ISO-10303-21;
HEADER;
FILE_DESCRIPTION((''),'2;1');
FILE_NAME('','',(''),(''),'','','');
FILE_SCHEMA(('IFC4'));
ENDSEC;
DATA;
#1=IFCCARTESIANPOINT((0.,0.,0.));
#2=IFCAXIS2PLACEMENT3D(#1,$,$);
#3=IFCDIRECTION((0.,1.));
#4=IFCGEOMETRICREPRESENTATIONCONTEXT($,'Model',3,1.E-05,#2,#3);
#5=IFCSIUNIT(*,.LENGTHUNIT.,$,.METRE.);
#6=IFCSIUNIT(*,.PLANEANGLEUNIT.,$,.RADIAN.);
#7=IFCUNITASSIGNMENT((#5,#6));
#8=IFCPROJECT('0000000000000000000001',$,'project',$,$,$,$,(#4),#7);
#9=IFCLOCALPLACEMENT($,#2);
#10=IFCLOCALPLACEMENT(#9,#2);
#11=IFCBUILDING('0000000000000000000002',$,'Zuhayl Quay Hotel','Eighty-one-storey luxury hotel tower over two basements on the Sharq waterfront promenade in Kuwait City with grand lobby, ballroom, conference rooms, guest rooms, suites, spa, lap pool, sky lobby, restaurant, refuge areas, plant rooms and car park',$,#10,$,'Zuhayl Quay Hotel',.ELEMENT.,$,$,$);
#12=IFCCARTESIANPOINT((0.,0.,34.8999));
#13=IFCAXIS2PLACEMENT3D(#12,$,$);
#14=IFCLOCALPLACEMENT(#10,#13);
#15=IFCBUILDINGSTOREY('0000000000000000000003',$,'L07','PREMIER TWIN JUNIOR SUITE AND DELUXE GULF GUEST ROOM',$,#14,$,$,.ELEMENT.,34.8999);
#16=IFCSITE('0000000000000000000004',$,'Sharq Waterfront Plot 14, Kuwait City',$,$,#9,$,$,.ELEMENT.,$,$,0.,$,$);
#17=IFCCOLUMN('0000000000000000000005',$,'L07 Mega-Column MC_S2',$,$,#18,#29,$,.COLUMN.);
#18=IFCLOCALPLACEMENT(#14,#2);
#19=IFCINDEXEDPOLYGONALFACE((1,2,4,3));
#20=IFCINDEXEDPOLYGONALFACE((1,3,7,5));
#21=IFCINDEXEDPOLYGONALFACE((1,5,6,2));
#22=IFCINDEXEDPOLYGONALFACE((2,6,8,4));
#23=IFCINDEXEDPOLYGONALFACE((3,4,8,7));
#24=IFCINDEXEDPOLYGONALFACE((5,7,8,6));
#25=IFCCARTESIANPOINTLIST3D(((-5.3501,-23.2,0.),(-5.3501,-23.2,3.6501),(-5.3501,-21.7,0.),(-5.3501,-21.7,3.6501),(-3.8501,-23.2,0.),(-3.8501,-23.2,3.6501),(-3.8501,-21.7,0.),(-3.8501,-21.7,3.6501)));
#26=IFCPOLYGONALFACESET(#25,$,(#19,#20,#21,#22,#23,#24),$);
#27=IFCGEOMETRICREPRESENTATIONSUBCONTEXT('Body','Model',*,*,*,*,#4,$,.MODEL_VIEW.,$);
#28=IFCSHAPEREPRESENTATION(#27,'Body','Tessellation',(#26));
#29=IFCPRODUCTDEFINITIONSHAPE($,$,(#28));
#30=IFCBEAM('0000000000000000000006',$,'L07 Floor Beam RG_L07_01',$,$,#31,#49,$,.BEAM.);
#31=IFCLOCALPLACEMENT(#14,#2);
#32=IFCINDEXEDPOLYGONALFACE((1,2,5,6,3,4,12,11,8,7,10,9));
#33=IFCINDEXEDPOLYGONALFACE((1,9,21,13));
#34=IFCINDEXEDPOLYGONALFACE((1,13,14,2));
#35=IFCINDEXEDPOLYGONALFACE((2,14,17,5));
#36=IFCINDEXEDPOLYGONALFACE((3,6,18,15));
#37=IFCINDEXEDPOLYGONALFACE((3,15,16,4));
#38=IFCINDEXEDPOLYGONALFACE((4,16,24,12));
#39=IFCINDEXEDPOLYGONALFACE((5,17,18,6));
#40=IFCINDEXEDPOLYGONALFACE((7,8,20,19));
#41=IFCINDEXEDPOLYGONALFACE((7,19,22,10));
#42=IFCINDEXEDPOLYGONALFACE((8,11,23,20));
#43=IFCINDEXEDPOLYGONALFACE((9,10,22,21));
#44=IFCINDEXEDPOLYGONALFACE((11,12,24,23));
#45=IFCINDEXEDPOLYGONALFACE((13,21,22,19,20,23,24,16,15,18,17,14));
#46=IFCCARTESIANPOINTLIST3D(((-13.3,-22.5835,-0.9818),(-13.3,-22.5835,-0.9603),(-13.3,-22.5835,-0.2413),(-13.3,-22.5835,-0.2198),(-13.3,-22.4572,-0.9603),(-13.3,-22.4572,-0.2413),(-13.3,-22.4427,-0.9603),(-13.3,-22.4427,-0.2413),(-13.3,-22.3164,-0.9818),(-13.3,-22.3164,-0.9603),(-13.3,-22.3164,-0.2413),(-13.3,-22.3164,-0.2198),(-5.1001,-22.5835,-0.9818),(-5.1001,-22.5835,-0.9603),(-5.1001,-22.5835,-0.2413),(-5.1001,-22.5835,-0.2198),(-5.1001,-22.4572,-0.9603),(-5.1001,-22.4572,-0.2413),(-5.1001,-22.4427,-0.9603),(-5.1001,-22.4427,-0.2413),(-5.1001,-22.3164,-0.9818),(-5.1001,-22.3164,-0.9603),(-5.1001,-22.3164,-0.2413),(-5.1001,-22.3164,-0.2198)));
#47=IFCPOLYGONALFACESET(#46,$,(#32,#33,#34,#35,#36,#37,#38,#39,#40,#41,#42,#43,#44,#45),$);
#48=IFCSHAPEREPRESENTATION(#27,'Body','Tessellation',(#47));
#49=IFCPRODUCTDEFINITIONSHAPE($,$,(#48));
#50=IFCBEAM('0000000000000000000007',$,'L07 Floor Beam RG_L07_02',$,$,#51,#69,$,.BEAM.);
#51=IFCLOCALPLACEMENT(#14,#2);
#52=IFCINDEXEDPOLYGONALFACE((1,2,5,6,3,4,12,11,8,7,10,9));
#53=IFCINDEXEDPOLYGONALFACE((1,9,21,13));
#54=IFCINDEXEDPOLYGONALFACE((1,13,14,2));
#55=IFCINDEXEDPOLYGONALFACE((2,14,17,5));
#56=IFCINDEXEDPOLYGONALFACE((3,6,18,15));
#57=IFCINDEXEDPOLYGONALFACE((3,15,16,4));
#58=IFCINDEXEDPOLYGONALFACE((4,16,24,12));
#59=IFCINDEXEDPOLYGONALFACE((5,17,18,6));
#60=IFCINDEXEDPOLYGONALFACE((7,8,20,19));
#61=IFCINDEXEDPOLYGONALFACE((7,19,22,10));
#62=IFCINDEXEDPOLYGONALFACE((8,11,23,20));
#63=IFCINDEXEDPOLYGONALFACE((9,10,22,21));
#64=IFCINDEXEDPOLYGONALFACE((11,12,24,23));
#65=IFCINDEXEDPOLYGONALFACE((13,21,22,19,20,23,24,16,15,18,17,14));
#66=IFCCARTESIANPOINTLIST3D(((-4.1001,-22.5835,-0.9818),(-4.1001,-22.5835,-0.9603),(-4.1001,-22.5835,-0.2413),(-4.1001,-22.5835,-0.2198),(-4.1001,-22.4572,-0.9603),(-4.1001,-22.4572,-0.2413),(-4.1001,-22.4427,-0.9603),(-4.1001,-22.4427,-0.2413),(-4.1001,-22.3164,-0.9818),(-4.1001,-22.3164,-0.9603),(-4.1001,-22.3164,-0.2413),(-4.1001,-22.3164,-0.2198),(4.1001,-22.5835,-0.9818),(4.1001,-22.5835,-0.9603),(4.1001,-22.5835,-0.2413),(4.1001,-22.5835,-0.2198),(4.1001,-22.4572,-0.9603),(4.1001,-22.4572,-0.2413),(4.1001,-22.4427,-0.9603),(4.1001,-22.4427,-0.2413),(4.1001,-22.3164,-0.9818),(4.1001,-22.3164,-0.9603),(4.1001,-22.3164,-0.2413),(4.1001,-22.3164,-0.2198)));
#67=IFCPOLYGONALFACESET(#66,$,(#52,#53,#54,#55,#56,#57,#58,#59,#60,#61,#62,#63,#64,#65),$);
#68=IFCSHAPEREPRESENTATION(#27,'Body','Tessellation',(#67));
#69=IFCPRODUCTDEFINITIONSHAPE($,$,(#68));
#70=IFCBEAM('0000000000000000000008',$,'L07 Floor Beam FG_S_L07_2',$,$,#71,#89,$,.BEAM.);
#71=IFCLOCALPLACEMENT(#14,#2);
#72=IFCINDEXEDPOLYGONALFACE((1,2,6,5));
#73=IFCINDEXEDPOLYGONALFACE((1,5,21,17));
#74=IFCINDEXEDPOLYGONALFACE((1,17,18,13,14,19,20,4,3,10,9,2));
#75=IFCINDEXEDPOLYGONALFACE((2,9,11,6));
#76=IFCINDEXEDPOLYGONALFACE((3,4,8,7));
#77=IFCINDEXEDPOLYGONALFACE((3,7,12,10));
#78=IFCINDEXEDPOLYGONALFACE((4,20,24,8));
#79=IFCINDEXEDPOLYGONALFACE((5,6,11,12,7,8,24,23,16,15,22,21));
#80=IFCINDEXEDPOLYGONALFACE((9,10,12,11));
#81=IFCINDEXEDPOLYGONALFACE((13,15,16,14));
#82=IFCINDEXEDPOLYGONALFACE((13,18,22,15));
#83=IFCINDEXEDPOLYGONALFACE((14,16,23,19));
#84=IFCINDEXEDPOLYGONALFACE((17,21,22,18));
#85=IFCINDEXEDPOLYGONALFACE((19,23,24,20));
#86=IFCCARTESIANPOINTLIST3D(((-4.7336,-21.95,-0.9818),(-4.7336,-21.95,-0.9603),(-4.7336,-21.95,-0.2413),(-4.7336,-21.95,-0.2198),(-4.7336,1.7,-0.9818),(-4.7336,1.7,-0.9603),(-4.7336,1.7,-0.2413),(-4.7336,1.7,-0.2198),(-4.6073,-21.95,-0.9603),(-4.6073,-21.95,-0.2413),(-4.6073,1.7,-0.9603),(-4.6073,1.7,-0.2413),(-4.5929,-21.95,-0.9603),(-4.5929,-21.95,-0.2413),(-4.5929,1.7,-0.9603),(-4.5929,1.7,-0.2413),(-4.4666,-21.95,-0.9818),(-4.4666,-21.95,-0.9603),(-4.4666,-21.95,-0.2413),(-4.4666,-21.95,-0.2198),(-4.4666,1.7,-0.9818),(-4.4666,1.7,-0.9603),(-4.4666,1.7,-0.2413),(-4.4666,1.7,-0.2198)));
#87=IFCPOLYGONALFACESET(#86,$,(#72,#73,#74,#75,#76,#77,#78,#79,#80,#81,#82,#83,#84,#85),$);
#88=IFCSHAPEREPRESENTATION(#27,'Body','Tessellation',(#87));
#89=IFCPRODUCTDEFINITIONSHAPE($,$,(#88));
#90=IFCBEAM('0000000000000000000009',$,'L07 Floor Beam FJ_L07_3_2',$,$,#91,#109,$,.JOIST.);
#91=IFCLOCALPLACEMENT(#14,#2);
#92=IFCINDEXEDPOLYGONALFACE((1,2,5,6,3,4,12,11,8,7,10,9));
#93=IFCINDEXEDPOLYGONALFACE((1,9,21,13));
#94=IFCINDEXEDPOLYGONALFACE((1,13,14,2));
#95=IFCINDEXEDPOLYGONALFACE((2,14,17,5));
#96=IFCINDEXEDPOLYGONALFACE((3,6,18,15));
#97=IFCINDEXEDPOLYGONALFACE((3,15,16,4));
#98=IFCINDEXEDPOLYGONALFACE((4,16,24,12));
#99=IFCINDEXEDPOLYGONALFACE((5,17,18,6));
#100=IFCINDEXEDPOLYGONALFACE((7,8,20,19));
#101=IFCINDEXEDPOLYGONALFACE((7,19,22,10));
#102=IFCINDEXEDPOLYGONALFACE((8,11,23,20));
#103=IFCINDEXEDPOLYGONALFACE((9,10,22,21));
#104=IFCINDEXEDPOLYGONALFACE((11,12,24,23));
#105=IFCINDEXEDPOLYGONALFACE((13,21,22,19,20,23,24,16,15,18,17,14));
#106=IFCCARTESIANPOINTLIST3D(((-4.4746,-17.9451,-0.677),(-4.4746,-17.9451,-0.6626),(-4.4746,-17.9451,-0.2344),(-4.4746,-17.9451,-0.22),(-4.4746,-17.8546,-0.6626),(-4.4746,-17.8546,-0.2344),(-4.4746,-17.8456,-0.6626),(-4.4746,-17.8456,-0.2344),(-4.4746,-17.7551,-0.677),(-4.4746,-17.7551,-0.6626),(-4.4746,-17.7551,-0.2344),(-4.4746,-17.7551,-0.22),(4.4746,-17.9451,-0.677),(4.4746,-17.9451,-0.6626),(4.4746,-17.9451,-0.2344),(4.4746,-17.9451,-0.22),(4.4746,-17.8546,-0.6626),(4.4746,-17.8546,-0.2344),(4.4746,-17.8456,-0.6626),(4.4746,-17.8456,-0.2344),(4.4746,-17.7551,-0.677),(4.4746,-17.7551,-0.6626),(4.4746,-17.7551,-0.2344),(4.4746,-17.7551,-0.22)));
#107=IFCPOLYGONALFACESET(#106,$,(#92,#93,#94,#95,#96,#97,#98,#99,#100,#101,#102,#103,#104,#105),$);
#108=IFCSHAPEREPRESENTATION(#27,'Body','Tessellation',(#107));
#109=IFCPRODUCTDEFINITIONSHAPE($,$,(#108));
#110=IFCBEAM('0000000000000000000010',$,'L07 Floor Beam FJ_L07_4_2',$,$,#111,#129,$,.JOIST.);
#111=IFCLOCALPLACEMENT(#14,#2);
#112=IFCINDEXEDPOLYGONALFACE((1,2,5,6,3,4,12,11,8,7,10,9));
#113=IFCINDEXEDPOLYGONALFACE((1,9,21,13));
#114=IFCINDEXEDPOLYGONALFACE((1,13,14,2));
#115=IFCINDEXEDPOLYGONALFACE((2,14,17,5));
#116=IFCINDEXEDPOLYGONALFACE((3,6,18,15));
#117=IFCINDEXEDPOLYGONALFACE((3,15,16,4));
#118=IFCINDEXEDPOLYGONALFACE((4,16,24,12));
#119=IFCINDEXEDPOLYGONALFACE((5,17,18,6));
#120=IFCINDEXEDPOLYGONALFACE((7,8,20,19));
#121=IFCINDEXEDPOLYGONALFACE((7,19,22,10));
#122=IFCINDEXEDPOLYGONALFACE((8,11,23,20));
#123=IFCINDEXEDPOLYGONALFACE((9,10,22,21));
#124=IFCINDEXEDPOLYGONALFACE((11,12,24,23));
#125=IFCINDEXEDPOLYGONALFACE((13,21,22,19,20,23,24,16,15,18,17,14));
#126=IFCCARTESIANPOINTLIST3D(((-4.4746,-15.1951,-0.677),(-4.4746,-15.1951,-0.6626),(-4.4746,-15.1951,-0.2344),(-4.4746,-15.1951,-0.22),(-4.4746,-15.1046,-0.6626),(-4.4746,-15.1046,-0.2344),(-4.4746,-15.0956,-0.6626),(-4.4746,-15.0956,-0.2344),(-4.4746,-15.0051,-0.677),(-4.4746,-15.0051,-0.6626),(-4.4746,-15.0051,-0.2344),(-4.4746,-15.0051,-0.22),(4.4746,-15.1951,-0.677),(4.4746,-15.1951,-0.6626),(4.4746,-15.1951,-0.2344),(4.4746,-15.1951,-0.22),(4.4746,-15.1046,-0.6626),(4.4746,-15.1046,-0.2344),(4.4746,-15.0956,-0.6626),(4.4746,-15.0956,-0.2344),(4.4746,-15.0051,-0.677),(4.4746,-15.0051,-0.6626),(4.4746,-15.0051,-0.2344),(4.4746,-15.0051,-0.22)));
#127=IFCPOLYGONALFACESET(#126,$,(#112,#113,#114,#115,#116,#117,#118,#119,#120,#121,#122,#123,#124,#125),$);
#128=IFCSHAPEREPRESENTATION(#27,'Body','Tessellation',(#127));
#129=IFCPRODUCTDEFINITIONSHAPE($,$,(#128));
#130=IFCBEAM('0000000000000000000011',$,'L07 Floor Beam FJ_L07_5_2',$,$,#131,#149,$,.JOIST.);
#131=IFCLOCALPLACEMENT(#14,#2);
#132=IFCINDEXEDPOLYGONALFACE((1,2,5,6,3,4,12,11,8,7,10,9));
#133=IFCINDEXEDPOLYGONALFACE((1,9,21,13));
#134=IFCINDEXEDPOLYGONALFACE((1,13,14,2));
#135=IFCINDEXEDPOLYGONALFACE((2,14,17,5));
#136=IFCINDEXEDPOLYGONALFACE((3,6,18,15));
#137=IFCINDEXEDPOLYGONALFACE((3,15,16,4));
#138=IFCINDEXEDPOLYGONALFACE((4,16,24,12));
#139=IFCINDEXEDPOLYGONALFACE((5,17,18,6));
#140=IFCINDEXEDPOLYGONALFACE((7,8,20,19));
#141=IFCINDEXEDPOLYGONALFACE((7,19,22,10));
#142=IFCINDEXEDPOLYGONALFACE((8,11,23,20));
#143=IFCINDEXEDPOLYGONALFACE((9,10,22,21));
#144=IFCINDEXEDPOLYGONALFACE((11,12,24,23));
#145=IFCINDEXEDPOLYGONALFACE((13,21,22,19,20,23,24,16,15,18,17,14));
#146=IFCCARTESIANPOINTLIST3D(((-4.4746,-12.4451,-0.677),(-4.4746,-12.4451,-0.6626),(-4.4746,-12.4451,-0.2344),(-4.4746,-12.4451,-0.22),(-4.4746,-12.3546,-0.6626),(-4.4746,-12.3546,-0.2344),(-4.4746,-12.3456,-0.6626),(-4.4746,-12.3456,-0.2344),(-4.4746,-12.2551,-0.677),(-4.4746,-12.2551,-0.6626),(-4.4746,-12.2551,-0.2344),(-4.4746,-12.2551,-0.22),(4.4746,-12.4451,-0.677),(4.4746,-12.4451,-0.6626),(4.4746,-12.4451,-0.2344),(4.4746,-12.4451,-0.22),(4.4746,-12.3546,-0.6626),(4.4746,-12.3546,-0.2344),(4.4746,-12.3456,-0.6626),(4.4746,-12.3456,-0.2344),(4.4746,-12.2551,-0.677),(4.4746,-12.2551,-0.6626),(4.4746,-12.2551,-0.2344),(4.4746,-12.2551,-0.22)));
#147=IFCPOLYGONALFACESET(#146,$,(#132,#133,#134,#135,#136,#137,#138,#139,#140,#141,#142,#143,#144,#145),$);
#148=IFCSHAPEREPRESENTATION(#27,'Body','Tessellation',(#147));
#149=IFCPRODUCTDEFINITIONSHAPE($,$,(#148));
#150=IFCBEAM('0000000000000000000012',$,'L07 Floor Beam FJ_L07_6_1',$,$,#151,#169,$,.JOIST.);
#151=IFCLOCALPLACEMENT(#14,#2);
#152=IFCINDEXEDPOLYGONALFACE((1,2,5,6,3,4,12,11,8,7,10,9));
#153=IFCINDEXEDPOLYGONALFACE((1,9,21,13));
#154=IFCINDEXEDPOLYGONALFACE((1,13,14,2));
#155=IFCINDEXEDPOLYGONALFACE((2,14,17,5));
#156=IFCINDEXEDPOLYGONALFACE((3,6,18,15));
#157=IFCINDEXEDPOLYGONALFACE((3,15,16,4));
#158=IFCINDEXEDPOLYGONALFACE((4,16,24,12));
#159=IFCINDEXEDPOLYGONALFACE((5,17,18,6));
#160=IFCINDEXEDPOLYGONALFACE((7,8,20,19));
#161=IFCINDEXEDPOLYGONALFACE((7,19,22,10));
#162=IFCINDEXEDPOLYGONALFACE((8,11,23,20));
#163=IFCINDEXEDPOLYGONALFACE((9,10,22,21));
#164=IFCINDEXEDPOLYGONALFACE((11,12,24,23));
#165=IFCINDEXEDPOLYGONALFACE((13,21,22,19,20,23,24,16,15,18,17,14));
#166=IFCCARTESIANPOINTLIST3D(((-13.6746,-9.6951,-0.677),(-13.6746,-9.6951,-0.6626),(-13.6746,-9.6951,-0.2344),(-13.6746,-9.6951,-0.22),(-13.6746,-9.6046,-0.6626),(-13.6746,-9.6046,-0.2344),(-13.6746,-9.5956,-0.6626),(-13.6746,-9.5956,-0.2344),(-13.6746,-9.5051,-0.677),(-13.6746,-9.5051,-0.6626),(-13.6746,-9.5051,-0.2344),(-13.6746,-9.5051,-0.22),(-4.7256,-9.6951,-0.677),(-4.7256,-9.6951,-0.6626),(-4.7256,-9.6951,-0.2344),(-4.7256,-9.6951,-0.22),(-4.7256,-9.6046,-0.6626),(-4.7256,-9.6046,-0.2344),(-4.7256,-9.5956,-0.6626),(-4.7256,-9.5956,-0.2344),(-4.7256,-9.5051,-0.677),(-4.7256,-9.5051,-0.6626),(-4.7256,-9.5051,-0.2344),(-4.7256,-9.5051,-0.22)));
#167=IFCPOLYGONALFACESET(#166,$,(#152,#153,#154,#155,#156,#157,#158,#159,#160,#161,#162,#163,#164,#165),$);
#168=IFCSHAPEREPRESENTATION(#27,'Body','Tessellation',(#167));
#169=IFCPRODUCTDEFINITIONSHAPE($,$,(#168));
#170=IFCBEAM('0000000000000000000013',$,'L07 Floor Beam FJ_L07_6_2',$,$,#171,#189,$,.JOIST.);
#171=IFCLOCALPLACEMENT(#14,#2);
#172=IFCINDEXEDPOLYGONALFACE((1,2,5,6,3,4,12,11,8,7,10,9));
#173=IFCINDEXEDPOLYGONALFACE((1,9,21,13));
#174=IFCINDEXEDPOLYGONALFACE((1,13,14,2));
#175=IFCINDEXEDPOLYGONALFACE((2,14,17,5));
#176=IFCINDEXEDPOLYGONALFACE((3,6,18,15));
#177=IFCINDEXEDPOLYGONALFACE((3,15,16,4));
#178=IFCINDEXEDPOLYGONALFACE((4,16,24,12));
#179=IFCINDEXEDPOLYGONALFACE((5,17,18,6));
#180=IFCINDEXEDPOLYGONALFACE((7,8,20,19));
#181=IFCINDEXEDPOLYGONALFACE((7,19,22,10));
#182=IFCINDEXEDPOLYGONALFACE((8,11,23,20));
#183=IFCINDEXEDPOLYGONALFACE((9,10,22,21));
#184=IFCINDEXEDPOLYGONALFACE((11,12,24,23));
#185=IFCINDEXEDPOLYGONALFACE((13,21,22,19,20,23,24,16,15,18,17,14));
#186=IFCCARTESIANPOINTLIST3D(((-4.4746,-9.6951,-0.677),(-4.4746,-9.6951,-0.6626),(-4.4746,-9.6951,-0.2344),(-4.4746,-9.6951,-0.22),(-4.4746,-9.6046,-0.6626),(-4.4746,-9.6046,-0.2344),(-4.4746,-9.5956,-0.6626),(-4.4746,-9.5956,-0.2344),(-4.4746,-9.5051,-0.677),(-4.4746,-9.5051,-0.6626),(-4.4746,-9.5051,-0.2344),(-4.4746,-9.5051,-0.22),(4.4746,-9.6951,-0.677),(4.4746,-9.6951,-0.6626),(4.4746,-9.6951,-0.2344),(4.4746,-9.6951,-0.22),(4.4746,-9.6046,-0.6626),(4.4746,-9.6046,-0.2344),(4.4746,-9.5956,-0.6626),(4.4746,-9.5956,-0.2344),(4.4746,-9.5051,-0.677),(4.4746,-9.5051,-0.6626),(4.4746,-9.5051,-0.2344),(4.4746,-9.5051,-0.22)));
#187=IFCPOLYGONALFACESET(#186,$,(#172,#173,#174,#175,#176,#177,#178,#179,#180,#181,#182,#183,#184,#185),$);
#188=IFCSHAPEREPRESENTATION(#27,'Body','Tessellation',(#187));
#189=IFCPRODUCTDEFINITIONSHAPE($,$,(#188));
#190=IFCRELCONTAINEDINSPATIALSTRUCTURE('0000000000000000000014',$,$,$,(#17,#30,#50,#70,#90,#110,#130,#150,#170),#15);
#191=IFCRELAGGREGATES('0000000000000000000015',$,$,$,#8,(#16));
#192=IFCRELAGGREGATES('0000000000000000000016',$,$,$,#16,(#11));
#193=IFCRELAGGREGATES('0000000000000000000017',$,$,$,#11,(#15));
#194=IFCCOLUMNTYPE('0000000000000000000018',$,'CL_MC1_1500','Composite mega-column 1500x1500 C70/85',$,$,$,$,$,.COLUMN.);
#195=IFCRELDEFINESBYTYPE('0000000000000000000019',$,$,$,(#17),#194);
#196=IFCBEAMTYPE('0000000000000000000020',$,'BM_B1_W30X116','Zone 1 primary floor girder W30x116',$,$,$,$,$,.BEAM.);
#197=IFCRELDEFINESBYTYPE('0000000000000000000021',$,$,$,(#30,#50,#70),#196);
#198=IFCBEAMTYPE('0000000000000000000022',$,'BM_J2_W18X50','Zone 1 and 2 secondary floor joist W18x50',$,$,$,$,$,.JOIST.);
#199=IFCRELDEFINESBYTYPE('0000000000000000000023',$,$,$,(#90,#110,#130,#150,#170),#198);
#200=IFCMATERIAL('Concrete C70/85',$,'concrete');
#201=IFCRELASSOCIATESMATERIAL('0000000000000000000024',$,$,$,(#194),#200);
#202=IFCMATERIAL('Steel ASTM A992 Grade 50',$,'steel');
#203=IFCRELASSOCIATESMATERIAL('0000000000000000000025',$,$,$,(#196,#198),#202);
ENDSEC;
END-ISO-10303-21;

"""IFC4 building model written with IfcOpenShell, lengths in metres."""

from ifc_helpers import new_model, si_unit, direction, frame, origin, origin_2d, place, context, subcontext, project, spatial, rectangle, i_section, extrude, material, material_profile, profile_set, type_object, element, save


model = new_model("IFC4")

# Units and contexts
model_context = context("Model", 3, precision=1e-05, world=origin(), true_north=direction((0.0, 1.0)))
body_context = subcontext(model_context, "Body", "Model", "MODEL_VIEW")
ifc_project = project(units=[si_unit("LENGTHUNIT", "METRE"), si_unit("PLANEANGLEUNIT", "RADIAN")], contexts=[model_context])

# Site, building, storey
site_placement = place(None, origin())
site = spatial("IfcSite", under=ifc_project, at=site_placement, Name="Sharq Waterfront Plot 14, Kuwait City", CompositionType="ELEMENT", RefElevation=0.0)
building_placement = place(site_placement, origin())
building = spatial("IfcBuilding", under=site, at=building_placement, Name="Zuhayl Quay Hotel", Description="Eighty-one-storey luxury hotel tower over two basements on the Sharq waterfront promenade in Kuwait City with grand lobby, ballroom, conference rooms, guest rooms, suites, spa, lap pool, sky lobby, restaurant, refuge areas, plant rooms and car park", LongName="Zuhayl Quay Hotel", CompositionType="ELEMENT")
storey_placement = place(building_placement, frame((0.0, 0.0, 34.8999)))
storey = spatial("IfcBuildingStorey", under=building, at=storey_placement, Name="L07", Description="PREMIER TWIN JUNIOR SUITE AND DELUXE GULF GUEST ROOM", CompositionType="ELEMENT", Elevation=34.8999)

# Column
ifc_material_1 = material(Name="Concrete C70/85", Category="concrete")
ifc_material_profile_1 = material_profile(ifc_material_1, rectangle(XDim=1.5, YDim=1.5, at=origin_2d()), Name="RC1500X1500")
ifc_profile_set_1 = profile_set([ifc_material_profile_1], Name="Concrete C70/85")
column_type = type_object("IfcColumnType", Name="CL_MC1_1500", Description="Composite mega-column 1500x1500 C70/85", PredefinedType="COLUMN", material=ifc_profile_set_1)
column_placement = place(storey_placement, frame((-4.6001, -22.45, 0.0), z_axis=(0.0, 0.0, 1.0), x_axis=(1.0, 0.0, 0.0)))
element("IfcColumn", 1, at=column_placement, inside=storey, type_object=column_type, Name="L07 Mega-Column MC_S2", PredefinedType="COLUMN", context=body_context, shape_type="SweptSolid", body=[
    extrude(rectangle(XDim=1.5, YDim=1.5, at=origin_2d()), origin(), (0.0, 0.0, 1.0), 3.6501),
])

# Beams
ifc_material_2 = material(Name="Steel ASTM A992 Grade 50", Category="steel")
ifc_material_profile_2 = material_profile(ifc_material_2, i_section(OverallWidth=0.2671, OverallDepth=0.762, WebThickness=0.0144, FlangeThickness=0.0215, at=origin_2d()), Name="W30X116")
ifc_profile_set_2 = profile_set([ifc_material_profile_2], Name="Steel ASTM A992 Grade 50")
beam_type_1 = type_object("IfcBeamType", Name="BM_B1_W30X116", Description="Zone 1 primary floor girder W30x116", PredefinedType="BEAM", material=ifc_profile_set_2)
beam_1_placement = place(storey_placement, frame((-13.3, -22.45, -0.6008), z_axis=(1.0, 0.0, 0.0), x_axis=(0.0, 1.0, 0.0)))
element("IfcBeam", 2, at=beam_1_placement, inside=storey, type_object=beam_type_1, Name="L07 Floor Beam RG_L07_01", PredefinedType="BEAM", context=body_context, shape_type="SweptSolid", body=[
    extrude(i_section(OverallWidth=0.2671, OverallDepth=0.762, WebThickness=0.0144, FlangeThickness=0.0215, at=origin_2d()), origin(), (0.0, 0.0, 1.0), 8.2),
])
beam_2_placement = place(storey_placement, frame((-4.1001, -22.45, -0.6008), z_axis=(1.0, 0.0, 0.0), x_axis=(0.0, 1.0, 0.0)))
element("IfcBeam", 3, at=beam_2_placement, inside=storey, type_object=beam_type_1, Name="L07 Floor Beam RG_L07_02", PredefinedType="BEAM", context=body_context, shape_type="SweptSolid", body=[
    extrude(i_section(OverallWidth=0.2671, OverallDepth=0.762, WebThickness=0.0144, FlangeThickness=0.0215, at=origin_2d()), origin(), (0.0, 0.0, 1.0), 8.2002),
])
beam_3_placement = place(storey_placement, frame((-4.6001, -21.95, -0.6008), z_axis=(0.0, 1.0, 0.0), x_axis=(-1.0, 0.0, 0.0)))
element("IfcBeam", 4, at=beam_3_placement, inside=storey, type_object=beam_type_1, Name="L07 Floor Beam FG_S_L07_2", PredefinedType="BEAM", context=body_context, shape_type="SweptSolid", body=[
    extrude(i_section(OverallWidth=0.2671, OverallDepth=0.762, WebThickness=0.0144, FlangeThickness=0.0215, at=origin_2d()), origin(), (0.0, 0.0, 1.0), 23.6499),
])
ifc_material_profile_3 = material_profile(ifc_material_2, i_section(OverallWidth=0.1899, OverallDepth=0.457, WebThickness=0.009, FlangeThickness=0.0144, at=origin_2d()), Name="W18X50")
ifc_profile_set_3 = profile_set([ifc_material_profile_3], Name="Steel ASTM A992 Grade 50")
beam_type_2 = type_object("IfcBeamType", Name="BM_J2_W18X50", Description="Zone 1 and 2 secondary floor joist W18x50", PredefinedType="JOIST", material=ifc_profile_set_3)
for number, where, z_axis, x_axis, name in (
    (5, (-4.4746, -17.8501, -0.4485), (1.0, 0.0, 0.0), (0.0, 1.0, 0.0), "L07 Floor Beam FJ_L07_3_2"),
    (6, (-4.4746, -15.1001, -0.4485), (1.0, 0.0, 0.0), (0.0, 1.0, 0.0), "L07 Floor Beam FJ_L07_4_2"),
    (7, (-4.4746, -12.3501, -0.4485), (1.0, 0.0, 0.0), (0.0, 1.0, 0.0), "L07 Floor Beam FJ_L07_5_2"),
):
    element("IfcBeam", number, at=place(storey_placement, frame(where, z_axis=z_axis, x_axis=x_axis)), inside=storey, type_object=beam_type_2, Name=name, PredefinedType="JOIST", context=body_context, shape_type="SweptSolid", body=[
        extrude(i_section(OverallWidth=0.1899, OverallDepth=0.457, WebThickness=0.009, FlangeThickness=0.0144, at=origin_2d()), origin(), (0.0, 0.0, 1.0), 8.9492),
    ])
beam_4_placement = place(storey_placement, frame((-13.6746, -9.6001, -0.4485), z_axis=(1.0, 0.0, 0.0), x_axis=(0.0, 1.0, 0.0)))
element("IfcBeam", 8, at=beam_4_placement, inside=storey, type_object=beam_type_2, Name="L07 Floor Beam FJ_L07_6_1", PredefinedType="JOIST", context=body_context, shape_type="SweptSolid", body=[
    extrude(i_section(OverallWidth=0.1899, OverallDepth=0.457, WebThickness=0.009, FlangeThickness=0.0144, at=origin_2d()), origin(), (0.0, 0.0, 1.0), 8.949),
])
beam_5_placement = place(storey_placement, frame((-4.4746, -9.6001, -0.4485), z_axis=(1.0, 0.0, 0.0), x_axis=(0.0, 1.0, 0.0)))
element("IfcBeam", 9, at=beam_5_placement, inside=storey, type_object=beam_type_2, Name="L07 Floor Beam FJ_L07_6_2", PredefinedType="JOIST", context=body_context, shape_type="SweptSolid", body=[
    extrude(i_section(OverallWidth=0.1899, OverallDepth=0.457, WebThickness=0.009, FlangeThickness=0.0144, at=origin_2d()), origin(), (0.0, 0.0, 1.0), 8.9492),
])

save(model, "model.ifc")
